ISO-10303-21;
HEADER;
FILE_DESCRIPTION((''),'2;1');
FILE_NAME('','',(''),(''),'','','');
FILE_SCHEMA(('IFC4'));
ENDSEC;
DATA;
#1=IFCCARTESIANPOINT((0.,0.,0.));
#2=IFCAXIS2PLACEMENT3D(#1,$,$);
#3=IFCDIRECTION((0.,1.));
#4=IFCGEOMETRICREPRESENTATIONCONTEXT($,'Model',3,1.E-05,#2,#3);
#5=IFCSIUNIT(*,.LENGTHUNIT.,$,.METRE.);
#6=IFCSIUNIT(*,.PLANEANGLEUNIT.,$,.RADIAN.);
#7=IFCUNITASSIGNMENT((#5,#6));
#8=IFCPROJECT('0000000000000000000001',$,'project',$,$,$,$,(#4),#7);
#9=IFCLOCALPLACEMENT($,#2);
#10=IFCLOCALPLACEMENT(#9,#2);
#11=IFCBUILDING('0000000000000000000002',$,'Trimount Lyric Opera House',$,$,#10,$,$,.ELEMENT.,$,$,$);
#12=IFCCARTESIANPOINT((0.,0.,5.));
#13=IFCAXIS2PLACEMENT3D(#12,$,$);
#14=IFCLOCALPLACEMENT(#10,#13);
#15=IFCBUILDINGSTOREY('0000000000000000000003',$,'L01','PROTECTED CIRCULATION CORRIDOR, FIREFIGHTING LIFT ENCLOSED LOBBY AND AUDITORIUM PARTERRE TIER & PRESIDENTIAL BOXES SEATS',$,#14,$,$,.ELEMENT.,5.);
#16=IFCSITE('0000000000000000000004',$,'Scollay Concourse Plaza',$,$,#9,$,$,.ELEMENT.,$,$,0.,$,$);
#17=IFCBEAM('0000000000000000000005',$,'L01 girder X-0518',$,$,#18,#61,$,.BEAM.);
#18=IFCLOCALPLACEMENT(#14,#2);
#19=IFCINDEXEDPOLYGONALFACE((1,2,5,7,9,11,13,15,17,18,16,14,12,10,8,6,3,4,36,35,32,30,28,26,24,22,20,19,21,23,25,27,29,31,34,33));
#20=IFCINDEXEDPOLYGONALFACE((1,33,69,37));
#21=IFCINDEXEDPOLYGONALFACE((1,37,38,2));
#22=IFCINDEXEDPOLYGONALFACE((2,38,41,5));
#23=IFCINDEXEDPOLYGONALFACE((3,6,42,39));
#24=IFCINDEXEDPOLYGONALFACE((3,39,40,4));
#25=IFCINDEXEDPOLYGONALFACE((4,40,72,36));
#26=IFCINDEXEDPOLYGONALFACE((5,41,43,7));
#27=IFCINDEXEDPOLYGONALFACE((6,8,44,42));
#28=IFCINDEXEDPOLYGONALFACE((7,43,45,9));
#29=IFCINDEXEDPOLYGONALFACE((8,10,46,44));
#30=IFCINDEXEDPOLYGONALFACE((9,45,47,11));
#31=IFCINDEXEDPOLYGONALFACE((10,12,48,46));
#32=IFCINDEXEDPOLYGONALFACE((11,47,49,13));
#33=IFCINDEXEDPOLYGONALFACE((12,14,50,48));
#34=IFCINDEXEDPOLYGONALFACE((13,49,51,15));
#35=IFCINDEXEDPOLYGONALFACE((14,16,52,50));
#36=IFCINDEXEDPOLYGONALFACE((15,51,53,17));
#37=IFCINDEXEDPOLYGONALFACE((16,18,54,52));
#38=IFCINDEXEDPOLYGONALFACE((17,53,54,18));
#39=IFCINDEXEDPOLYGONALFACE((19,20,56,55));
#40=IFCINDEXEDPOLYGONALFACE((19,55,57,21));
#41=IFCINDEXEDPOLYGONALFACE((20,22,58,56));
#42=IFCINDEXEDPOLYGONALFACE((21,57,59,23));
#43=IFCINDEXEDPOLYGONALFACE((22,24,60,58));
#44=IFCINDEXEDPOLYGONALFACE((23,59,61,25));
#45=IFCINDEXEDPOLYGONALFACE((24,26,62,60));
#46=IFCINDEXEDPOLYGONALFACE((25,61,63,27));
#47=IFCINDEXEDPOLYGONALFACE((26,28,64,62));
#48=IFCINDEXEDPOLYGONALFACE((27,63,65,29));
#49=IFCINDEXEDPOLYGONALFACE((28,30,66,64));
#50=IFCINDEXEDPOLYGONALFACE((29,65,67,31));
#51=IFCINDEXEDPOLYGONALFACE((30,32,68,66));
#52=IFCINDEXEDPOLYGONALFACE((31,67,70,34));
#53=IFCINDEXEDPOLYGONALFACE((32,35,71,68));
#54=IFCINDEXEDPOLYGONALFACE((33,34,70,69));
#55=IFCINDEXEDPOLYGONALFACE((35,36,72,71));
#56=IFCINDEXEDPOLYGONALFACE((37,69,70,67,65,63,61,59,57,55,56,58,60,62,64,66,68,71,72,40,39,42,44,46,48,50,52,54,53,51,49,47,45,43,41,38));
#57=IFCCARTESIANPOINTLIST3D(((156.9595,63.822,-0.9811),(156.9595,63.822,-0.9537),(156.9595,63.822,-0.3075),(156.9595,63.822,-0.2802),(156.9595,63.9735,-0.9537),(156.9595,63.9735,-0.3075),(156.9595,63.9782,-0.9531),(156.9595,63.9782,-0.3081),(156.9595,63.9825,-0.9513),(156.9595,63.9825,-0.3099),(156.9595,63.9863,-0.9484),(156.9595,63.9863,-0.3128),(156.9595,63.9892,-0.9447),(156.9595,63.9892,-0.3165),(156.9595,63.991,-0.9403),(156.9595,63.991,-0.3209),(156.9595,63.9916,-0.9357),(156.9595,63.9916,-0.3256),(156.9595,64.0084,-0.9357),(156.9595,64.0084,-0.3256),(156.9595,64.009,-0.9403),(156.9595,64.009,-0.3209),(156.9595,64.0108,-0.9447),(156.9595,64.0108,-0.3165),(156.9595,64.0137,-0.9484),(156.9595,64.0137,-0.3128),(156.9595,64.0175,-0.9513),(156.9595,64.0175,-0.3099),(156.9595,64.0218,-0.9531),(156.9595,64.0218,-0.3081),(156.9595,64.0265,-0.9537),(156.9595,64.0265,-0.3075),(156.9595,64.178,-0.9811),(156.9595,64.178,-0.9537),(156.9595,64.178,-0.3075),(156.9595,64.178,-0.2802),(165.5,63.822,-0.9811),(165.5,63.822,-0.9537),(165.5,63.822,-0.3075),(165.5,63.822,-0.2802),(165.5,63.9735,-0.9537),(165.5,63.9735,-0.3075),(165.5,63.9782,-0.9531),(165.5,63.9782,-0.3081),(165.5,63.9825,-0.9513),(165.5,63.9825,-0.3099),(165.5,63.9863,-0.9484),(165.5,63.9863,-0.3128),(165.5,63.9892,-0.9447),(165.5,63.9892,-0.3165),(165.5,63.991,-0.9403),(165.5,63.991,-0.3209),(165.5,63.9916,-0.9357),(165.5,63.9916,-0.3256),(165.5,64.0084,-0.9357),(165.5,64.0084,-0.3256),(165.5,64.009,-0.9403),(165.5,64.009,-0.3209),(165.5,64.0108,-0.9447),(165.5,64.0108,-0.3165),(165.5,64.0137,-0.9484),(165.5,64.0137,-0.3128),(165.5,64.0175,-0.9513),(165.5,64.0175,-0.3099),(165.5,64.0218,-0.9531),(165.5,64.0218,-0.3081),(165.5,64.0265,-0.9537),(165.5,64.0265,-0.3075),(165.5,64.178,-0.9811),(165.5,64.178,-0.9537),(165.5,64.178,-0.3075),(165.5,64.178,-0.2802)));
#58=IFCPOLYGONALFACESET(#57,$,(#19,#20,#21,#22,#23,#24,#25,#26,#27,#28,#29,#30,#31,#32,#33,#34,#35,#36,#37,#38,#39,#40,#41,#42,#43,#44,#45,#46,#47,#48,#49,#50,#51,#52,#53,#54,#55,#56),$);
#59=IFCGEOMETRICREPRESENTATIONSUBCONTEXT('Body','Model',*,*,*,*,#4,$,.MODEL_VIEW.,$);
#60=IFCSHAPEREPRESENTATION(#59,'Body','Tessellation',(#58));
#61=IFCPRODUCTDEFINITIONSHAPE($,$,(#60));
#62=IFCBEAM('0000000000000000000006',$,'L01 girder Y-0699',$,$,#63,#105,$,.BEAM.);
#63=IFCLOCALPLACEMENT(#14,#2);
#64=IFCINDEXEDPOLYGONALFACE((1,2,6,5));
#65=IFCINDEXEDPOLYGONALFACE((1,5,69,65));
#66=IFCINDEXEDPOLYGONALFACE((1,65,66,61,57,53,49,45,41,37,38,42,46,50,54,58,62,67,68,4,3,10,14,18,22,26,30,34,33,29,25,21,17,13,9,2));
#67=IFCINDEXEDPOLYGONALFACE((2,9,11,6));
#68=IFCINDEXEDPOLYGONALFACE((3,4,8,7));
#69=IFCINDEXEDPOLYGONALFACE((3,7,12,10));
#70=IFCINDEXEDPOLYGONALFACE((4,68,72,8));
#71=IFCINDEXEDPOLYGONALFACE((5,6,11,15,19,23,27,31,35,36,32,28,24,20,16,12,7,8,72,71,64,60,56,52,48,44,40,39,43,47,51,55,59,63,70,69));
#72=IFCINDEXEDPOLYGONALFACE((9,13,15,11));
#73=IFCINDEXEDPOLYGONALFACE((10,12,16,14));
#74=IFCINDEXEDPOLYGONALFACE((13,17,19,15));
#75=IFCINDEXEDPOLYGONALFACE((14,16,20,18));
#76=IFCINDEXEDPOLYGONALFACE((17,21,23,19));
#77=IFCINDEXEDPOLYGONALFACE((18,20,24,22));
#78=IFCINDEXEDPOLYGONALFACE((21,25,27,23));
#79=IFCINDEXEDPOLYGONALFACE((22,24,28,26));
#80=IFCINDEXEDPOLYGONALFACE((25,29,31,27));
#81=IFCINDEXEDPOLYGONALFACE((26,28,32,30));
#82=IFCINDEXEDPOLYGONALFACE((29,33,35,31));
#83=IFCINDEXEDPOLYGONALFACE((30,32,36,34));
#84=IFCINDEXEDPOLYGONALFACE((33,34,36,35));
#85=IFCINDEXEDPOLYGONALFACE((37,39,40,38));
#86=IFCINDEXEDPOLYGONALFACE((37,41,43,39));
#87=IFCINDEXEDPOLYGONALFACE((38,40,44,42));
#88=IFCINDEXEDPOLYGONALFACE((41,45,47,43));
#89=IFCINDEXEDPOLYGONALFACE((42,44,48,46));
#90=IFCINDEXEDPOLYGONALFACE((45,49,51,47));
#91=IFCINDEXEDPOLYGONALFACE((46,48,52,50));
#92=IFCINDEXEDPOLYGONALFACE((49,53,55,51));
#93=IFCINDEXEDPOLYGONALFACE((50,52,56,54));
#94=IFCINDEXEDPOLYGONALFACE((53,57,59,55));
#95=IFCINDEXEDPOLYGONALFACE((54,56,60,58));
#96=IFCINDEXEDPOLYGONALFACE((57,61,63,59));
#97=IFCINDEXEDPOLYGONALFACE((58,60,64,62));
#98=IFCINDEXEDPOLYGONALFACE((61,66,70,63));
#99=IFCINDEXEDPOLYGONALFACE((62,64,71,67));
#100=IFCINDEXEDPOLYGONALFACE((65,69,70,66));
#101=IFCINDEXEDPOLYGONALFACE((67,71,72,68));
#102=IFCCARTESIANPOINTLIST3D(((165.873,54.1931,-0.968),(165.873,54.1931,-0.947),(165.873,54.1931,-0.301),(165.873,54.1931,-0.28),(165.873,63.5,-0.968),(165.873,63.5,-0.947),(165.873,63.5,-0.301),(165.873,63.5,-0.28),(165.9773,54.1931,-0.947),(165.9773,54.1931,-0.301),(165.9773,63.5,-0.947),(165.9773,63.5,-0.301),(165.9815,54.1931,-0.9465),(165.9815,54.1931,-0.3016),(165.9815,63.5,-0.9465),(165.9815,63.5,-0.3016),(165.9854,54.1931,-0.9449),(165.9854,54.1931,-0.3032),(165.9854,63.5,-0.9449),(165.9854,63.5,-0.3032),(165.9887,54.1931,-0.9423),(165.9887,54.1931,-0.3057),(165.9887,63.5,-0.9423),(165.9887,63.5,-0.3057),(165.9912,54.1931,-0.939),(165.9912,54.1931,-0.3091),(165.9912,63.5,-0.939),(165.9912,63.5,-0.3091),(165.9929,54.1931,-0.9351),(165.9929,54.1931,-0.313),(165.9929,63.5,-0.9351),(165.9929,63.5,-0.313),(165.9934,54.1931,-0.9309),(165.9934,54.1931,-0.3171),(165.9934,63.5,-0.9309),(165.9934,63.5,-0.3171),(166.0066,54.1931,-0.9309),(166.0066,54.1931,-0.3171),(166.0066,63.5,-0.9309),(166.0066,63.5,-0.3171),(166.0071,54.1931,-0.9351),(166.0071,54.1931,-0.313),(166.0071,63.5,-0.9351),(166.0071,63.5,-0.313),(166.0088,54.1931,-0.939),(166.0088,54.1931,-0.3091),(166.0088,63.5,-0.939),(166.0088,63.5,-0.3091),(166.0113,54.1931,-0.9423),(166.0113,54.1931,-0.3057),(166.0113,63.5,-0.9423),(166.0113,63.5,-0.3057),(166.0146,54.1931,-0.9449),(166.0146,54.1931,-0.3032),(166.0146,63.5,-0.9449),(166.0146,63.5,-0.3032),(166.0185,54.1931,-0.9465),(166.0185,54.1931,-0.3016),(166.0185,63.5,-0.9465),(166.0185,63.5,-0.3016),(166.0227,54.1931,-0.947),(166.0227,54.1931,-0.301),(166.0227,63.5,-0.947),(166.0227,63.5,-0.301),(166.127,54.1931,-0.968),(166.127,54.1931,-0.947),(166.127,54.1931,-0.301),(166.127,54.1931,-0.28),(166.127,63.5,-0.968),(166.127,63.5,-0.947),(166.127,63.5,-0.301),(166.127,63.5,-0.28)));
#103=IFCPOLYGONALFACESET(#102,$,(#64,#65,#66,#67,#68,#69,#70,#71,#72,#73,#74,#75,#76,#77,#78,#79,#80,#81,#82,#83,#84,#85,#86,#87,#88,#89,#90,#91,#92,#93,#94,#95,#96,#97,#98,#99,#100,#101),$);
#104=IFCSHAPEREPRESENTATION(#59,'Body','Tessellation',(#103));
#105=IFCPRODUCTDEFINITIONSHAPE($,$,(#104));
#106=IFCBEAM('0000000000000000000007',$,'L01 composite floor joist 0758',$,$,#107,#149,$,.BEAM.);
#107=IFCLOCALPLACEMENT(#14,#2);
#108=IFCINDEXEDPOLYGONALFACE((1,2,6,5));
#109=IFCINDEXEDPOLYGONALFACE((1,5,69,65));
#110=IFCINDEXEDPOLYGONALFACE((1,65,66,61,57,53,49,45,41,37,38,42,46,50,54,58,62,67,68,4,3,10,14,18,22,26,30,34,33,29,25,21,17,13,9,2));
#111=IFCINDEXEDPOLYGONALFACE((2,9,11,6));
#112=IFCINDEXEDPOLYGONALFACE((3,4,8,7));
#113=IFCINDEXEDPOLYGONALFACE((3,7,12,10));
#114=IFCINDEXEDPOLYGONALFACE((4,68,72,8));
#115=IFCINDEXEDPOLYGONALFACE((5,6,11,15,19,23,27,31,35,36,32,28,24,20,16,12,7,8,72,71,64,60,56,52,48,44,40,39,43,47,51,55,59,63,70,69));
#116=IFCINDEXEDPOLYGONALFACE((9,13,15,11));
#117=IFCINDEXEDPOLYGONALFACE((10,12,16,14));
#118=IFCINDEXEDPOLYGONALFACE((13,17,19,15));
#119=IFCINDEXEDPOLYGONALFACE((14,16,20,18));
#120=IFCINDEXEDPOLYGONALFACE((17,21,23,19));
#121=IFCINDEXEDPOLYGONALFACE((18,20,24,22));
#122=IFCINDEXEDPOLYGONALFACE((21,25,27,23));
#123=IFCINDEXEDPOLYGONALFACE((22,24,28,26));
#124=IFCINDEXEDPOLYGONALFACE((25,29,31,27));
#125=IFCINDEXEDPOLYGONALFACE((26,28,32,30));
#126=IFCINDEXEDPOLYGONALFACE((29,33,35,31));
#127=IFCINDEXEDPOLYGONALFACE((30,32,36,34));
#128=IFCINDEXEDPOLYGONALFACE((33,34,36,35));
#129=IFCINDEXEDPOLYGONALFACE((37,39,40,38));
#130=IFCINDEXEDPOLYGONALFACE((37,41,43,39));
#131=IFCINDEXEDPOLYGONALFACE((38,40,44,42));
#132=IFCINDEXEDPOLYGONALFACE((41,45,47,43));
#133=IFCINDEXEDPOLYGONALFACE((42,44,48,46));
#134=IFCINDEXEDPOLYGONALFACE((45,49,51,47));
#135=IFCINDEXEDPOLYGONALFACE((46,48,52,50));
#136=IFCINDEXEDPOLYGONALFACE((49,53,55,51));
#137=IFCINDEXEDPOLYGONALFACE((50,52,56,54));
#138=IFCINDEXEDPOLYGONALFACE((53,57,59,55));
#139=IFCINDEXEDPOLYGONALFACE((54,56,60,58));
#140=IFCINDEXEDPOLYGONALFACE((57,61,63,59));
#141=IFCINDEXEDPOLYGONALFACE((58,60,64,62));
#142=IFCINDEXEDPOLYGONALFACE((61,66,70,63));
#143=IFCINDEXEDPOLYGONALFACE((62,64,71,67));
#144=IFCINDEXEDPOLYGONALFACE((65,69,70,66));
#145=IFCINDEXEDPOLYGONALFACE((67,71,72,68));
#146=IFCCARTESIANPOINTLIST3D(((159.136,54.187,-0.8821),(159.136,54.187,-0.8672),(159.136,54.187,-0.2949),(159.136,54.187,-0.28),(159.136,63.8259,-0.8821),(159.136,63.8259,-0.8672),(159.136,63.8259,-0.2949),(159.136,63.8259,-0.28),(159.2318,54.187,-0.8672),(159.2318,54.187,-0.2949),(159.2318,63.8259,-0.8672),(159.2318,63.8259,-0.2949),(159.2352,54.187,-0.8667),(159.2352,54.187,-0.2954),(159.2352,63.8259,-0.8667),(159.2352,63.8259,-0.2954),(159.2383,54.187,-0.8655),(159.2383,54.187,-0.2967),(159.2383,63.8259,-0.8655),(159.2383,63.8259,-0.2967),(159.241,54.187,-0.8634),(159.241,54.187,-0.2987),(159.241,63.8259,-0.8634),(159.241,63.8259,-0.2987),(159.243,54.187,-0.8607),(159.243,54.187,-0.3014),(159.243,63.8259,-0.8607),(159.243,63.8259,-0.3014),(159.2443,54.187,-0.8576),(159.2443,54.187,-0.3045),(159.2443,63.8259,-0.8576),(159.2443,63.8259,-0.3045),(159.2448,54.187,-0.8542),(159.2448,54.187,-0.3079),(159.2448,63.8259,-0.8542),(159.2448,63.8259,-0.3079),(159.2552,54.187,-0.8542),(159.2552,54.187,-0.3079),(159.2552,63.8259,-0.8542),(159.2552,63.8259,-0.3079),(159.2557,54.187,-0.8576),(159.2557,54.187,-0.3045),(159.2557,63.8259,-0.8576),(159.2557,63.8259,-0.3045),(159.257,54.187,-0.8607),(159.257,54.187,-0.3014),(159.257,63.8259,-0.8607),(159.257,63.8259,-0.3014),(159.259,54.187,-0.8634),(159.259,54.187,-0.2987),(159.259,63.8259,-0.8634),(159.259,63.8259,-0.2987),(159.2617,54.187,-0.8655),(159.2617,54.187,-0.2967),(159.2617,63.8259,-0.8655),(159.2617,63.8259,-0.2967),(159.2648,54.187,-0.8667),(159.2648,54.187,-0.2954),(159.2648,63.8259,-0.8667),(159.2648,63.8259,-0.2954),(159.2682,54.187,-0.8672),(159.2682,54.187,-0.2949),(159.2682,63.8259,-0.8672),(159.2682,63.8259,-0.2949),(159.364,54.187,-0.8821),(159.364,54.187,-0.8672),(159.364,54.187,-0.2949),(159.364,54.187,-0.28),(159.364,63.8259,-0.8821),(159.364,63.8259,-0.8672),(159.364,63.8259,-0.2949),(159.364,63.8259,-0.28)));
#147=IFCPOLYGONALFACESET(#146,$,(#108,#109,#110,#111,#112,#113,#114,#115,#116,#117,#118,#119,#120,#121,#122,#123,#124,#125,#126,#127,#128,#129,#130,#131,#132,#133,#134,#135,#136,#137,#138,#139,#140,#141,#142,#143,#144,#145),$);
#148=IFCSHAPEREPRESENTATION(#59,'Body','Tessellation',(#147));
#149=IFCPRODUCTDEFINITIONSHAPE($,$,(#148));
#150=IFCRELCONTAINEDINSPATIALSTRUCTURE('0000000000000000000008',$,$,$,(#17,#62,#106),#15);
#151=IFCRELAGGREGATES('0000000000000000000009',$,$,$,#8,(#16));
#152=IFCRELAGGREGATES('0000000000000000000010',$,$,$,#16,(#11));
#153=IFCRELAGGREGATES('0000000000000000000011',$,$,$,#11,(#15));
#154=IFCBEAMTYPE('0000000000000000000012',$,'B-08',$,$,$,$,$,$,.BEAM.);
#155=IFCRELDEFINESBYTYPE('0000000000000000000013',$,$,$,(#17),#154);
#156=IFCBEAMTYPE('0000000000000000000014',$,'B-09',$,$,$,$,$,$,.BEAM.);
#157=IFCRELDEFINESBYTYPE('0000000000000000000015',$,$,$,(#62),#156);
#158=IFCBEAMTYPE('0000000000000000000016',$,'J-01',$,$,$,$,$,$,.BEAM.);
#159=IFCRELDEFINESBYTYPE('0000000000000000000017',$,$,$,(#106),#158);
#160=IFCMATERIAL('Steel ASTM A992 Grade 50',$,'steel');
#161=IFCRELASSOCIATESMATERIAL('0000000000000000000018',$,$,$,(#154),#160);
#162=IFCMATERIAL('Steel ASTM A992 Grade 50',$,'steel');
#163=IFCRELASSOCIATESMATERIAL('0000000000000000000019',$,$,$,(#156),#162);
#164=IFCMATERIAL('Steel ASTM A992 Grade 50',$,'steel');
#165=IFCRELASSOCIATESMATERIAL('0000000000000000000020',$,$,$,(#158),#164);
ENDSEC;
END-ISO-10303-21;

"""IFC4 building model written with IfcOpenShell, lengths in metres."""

from ifc_helpers import new_model, si_unit, direction, frame, origin, origin_2d, place, context, subcontext, project, spatial, i_section, extrude, material, material_profile, profile_set, type_object, element, save


model = new_model("IFC4")

# Units and contexts
model_context = context("Model", 3, precision=1e-05, world=origin(), true_north=direction((0.0, 1.0)))
body_context = subcontext(model_context, "Body", "Model", "MODEL_VIEW")
ifc_project = project(units=[si_unit("LENGTHUNIT", "METRE"), si_unit("PLANEANGLEUNIT", "RADIAN")], contexts=[model_context])

# Site, building, storey
site_placement = place(None, origin())
site = spatial("IfcSite", under=ifc_project, at=site_placement, Name="Scollay Concourse Plaza", CompositionType="ELEMENT", RefElevation=0.0)
building_placement = place(site_placement, origin())
building = spatial("IfcBuilding", under=site, at=building_placement, Name="Trimount Lyric Opera House", CompositionType="ELEMENT")
storey_placement = place(building_placement, frame((0.0, 0.0, 5.0)))
storey = spatial("IfcBuildingStorey", under=building, at=storey_placement, Name="L01", Description="PROTECTED CIRCULATION CORRIDOR, FIREFIGHTING LIFT ENCLOSED LOBBY AND AUDITORIUM PARTERRE TIER & PRESIDENTIAL BOXES SEATS", CompositionType="ELEMENT", Elevation=5.0)

# Beams
ifc_material_1 = material(Name="Steel ASTM A992 Grade 50", Category="steel")
ifc_material_profile_1 = material_profile(ifc_material_1, i_section(OverallWidth=0.356, OverallDepth=0.7009, WebThickness=0.0168, FlangeThickness=0.0273, FilletRadius=0.0181, at=origin_2d()), Name="W27X161")
ifc_profile_set_1 = profile_set([ifc_material_profile_1], Name="Steel ASTM A992 Grade 50")
beam_type_1 = type_object("IfcBeamType", Name="B-08", PredefinedType="BEAM", material=ifc_profile_set_1)
beam_1_placement = place(storey_placement, frame((156.9595, 64.0, -0.6306), z_axis=(1.0, 0.0, 0.0), x_axis=(0.0, 1.0, 0.0)))
element("IfcBeam", 1, at=beam_1_placement, inside=storey, type_object=beam_type_1, Name="L01 girder X-0518", PredefinedType="BEAM", context=body_context, shape_type="SweptSolid", body=[
    extrude(i_section(OverallWidth=0.356, OverallDepth=0.7009, WebThickness=0.0168, FlangeThickness=0.0273, FilletRadius=0.0181, at=origin_2d()), origin(), (0.0, 0.0, 1.0), 8.5405),
])
ifc_material_2 = material(Name="Steel ASTM A992 Grade 50", Category="steel")
ifc_material_profile_2 = material_profile(ifc_material_2, i_section(OverallWidth=0.2539, OverallDepth=0.688, WebThickness=0.0132, FlangeThickness=0.021, FilletRadius=0.0161, at=origin_2d()), Name="W27X102")
ifc_profile_set_2 = profile_set([ifc_material_profile_2], Name="Steel ASTM A992 Grade 50")
beam_type_2 = type_object("IfcBeamType", Name="B-09", PredefinedType="BEAM", material=ifc_profile_set_2)
beam_2_placement = place(storey_placement, frame((166.0, 54.1931, -0.624), z_axis=(0.0, 1.0, 0.0), x_axis=(-1.0, 0.0, 0.0)))
element("IfcBeam", 2, at=beam_2_placement, inside=storey, type_object=beam_type_2, Name="L01 girder Y-0699", PredefinedType="BEAM", context=body_context, shape_type="SweptSolid", body=[
    extrude(i_section(OverallWidth=0.2539, OverallDepth=0.688, WebThickness=0.0132, FlangeThickness=0.021, FilletRadius=0.0161, at=origin_2d()), origin(), (0.0, 0.0, 1.0), 9.3069),
])
ifc_material_3 = material(Name="Steel ASTM A992 Grade 50", Category="steel")
ifc_material_profile_3 = material_profile(ifc_material_3, i_section(OverallWidth=0.228, OverallDepth=0.6021, WebThickness=0.0105, FlangeThickness=0.0149, FilletRadius=0.0129, at=origin_2d()), Name="W24X68")
ifc_profile_set_3 = profile_set([ifc_material_profile_3], Name="Steel ASTM A992 Grade 50")
beam_type_3 = type_object("IfcBeamType", Name="J-01", PredefinedType="BEAM", material=ifc_profile_set_3)
beam_3_placement = place(storey_placement, frame((159.25, 54.187, -0.5811), z_axis=(0.0, 1.0, 0.0), x_axis=(-1.0, 0.0, 0.0)))
element("IfcBeam", 3, at=beam_3_placement, inside=storey, type_object=beam_type_3, Name="L01 composite floor joist 0758", PredefinedType="BEAM", context=body_context, shape_type="SweptSolid", body=[
    extrude(i_section(OverallWidth=0.228, OverallDepth=0.6021, WebThickness=0.0105, FlangeThickness=0.0149, FilletRadius=0.0129, at=origin_2d()), origin(), (0.0, 0.0, 1.0), 9.6389),
])

save(model, "model.ifc")
